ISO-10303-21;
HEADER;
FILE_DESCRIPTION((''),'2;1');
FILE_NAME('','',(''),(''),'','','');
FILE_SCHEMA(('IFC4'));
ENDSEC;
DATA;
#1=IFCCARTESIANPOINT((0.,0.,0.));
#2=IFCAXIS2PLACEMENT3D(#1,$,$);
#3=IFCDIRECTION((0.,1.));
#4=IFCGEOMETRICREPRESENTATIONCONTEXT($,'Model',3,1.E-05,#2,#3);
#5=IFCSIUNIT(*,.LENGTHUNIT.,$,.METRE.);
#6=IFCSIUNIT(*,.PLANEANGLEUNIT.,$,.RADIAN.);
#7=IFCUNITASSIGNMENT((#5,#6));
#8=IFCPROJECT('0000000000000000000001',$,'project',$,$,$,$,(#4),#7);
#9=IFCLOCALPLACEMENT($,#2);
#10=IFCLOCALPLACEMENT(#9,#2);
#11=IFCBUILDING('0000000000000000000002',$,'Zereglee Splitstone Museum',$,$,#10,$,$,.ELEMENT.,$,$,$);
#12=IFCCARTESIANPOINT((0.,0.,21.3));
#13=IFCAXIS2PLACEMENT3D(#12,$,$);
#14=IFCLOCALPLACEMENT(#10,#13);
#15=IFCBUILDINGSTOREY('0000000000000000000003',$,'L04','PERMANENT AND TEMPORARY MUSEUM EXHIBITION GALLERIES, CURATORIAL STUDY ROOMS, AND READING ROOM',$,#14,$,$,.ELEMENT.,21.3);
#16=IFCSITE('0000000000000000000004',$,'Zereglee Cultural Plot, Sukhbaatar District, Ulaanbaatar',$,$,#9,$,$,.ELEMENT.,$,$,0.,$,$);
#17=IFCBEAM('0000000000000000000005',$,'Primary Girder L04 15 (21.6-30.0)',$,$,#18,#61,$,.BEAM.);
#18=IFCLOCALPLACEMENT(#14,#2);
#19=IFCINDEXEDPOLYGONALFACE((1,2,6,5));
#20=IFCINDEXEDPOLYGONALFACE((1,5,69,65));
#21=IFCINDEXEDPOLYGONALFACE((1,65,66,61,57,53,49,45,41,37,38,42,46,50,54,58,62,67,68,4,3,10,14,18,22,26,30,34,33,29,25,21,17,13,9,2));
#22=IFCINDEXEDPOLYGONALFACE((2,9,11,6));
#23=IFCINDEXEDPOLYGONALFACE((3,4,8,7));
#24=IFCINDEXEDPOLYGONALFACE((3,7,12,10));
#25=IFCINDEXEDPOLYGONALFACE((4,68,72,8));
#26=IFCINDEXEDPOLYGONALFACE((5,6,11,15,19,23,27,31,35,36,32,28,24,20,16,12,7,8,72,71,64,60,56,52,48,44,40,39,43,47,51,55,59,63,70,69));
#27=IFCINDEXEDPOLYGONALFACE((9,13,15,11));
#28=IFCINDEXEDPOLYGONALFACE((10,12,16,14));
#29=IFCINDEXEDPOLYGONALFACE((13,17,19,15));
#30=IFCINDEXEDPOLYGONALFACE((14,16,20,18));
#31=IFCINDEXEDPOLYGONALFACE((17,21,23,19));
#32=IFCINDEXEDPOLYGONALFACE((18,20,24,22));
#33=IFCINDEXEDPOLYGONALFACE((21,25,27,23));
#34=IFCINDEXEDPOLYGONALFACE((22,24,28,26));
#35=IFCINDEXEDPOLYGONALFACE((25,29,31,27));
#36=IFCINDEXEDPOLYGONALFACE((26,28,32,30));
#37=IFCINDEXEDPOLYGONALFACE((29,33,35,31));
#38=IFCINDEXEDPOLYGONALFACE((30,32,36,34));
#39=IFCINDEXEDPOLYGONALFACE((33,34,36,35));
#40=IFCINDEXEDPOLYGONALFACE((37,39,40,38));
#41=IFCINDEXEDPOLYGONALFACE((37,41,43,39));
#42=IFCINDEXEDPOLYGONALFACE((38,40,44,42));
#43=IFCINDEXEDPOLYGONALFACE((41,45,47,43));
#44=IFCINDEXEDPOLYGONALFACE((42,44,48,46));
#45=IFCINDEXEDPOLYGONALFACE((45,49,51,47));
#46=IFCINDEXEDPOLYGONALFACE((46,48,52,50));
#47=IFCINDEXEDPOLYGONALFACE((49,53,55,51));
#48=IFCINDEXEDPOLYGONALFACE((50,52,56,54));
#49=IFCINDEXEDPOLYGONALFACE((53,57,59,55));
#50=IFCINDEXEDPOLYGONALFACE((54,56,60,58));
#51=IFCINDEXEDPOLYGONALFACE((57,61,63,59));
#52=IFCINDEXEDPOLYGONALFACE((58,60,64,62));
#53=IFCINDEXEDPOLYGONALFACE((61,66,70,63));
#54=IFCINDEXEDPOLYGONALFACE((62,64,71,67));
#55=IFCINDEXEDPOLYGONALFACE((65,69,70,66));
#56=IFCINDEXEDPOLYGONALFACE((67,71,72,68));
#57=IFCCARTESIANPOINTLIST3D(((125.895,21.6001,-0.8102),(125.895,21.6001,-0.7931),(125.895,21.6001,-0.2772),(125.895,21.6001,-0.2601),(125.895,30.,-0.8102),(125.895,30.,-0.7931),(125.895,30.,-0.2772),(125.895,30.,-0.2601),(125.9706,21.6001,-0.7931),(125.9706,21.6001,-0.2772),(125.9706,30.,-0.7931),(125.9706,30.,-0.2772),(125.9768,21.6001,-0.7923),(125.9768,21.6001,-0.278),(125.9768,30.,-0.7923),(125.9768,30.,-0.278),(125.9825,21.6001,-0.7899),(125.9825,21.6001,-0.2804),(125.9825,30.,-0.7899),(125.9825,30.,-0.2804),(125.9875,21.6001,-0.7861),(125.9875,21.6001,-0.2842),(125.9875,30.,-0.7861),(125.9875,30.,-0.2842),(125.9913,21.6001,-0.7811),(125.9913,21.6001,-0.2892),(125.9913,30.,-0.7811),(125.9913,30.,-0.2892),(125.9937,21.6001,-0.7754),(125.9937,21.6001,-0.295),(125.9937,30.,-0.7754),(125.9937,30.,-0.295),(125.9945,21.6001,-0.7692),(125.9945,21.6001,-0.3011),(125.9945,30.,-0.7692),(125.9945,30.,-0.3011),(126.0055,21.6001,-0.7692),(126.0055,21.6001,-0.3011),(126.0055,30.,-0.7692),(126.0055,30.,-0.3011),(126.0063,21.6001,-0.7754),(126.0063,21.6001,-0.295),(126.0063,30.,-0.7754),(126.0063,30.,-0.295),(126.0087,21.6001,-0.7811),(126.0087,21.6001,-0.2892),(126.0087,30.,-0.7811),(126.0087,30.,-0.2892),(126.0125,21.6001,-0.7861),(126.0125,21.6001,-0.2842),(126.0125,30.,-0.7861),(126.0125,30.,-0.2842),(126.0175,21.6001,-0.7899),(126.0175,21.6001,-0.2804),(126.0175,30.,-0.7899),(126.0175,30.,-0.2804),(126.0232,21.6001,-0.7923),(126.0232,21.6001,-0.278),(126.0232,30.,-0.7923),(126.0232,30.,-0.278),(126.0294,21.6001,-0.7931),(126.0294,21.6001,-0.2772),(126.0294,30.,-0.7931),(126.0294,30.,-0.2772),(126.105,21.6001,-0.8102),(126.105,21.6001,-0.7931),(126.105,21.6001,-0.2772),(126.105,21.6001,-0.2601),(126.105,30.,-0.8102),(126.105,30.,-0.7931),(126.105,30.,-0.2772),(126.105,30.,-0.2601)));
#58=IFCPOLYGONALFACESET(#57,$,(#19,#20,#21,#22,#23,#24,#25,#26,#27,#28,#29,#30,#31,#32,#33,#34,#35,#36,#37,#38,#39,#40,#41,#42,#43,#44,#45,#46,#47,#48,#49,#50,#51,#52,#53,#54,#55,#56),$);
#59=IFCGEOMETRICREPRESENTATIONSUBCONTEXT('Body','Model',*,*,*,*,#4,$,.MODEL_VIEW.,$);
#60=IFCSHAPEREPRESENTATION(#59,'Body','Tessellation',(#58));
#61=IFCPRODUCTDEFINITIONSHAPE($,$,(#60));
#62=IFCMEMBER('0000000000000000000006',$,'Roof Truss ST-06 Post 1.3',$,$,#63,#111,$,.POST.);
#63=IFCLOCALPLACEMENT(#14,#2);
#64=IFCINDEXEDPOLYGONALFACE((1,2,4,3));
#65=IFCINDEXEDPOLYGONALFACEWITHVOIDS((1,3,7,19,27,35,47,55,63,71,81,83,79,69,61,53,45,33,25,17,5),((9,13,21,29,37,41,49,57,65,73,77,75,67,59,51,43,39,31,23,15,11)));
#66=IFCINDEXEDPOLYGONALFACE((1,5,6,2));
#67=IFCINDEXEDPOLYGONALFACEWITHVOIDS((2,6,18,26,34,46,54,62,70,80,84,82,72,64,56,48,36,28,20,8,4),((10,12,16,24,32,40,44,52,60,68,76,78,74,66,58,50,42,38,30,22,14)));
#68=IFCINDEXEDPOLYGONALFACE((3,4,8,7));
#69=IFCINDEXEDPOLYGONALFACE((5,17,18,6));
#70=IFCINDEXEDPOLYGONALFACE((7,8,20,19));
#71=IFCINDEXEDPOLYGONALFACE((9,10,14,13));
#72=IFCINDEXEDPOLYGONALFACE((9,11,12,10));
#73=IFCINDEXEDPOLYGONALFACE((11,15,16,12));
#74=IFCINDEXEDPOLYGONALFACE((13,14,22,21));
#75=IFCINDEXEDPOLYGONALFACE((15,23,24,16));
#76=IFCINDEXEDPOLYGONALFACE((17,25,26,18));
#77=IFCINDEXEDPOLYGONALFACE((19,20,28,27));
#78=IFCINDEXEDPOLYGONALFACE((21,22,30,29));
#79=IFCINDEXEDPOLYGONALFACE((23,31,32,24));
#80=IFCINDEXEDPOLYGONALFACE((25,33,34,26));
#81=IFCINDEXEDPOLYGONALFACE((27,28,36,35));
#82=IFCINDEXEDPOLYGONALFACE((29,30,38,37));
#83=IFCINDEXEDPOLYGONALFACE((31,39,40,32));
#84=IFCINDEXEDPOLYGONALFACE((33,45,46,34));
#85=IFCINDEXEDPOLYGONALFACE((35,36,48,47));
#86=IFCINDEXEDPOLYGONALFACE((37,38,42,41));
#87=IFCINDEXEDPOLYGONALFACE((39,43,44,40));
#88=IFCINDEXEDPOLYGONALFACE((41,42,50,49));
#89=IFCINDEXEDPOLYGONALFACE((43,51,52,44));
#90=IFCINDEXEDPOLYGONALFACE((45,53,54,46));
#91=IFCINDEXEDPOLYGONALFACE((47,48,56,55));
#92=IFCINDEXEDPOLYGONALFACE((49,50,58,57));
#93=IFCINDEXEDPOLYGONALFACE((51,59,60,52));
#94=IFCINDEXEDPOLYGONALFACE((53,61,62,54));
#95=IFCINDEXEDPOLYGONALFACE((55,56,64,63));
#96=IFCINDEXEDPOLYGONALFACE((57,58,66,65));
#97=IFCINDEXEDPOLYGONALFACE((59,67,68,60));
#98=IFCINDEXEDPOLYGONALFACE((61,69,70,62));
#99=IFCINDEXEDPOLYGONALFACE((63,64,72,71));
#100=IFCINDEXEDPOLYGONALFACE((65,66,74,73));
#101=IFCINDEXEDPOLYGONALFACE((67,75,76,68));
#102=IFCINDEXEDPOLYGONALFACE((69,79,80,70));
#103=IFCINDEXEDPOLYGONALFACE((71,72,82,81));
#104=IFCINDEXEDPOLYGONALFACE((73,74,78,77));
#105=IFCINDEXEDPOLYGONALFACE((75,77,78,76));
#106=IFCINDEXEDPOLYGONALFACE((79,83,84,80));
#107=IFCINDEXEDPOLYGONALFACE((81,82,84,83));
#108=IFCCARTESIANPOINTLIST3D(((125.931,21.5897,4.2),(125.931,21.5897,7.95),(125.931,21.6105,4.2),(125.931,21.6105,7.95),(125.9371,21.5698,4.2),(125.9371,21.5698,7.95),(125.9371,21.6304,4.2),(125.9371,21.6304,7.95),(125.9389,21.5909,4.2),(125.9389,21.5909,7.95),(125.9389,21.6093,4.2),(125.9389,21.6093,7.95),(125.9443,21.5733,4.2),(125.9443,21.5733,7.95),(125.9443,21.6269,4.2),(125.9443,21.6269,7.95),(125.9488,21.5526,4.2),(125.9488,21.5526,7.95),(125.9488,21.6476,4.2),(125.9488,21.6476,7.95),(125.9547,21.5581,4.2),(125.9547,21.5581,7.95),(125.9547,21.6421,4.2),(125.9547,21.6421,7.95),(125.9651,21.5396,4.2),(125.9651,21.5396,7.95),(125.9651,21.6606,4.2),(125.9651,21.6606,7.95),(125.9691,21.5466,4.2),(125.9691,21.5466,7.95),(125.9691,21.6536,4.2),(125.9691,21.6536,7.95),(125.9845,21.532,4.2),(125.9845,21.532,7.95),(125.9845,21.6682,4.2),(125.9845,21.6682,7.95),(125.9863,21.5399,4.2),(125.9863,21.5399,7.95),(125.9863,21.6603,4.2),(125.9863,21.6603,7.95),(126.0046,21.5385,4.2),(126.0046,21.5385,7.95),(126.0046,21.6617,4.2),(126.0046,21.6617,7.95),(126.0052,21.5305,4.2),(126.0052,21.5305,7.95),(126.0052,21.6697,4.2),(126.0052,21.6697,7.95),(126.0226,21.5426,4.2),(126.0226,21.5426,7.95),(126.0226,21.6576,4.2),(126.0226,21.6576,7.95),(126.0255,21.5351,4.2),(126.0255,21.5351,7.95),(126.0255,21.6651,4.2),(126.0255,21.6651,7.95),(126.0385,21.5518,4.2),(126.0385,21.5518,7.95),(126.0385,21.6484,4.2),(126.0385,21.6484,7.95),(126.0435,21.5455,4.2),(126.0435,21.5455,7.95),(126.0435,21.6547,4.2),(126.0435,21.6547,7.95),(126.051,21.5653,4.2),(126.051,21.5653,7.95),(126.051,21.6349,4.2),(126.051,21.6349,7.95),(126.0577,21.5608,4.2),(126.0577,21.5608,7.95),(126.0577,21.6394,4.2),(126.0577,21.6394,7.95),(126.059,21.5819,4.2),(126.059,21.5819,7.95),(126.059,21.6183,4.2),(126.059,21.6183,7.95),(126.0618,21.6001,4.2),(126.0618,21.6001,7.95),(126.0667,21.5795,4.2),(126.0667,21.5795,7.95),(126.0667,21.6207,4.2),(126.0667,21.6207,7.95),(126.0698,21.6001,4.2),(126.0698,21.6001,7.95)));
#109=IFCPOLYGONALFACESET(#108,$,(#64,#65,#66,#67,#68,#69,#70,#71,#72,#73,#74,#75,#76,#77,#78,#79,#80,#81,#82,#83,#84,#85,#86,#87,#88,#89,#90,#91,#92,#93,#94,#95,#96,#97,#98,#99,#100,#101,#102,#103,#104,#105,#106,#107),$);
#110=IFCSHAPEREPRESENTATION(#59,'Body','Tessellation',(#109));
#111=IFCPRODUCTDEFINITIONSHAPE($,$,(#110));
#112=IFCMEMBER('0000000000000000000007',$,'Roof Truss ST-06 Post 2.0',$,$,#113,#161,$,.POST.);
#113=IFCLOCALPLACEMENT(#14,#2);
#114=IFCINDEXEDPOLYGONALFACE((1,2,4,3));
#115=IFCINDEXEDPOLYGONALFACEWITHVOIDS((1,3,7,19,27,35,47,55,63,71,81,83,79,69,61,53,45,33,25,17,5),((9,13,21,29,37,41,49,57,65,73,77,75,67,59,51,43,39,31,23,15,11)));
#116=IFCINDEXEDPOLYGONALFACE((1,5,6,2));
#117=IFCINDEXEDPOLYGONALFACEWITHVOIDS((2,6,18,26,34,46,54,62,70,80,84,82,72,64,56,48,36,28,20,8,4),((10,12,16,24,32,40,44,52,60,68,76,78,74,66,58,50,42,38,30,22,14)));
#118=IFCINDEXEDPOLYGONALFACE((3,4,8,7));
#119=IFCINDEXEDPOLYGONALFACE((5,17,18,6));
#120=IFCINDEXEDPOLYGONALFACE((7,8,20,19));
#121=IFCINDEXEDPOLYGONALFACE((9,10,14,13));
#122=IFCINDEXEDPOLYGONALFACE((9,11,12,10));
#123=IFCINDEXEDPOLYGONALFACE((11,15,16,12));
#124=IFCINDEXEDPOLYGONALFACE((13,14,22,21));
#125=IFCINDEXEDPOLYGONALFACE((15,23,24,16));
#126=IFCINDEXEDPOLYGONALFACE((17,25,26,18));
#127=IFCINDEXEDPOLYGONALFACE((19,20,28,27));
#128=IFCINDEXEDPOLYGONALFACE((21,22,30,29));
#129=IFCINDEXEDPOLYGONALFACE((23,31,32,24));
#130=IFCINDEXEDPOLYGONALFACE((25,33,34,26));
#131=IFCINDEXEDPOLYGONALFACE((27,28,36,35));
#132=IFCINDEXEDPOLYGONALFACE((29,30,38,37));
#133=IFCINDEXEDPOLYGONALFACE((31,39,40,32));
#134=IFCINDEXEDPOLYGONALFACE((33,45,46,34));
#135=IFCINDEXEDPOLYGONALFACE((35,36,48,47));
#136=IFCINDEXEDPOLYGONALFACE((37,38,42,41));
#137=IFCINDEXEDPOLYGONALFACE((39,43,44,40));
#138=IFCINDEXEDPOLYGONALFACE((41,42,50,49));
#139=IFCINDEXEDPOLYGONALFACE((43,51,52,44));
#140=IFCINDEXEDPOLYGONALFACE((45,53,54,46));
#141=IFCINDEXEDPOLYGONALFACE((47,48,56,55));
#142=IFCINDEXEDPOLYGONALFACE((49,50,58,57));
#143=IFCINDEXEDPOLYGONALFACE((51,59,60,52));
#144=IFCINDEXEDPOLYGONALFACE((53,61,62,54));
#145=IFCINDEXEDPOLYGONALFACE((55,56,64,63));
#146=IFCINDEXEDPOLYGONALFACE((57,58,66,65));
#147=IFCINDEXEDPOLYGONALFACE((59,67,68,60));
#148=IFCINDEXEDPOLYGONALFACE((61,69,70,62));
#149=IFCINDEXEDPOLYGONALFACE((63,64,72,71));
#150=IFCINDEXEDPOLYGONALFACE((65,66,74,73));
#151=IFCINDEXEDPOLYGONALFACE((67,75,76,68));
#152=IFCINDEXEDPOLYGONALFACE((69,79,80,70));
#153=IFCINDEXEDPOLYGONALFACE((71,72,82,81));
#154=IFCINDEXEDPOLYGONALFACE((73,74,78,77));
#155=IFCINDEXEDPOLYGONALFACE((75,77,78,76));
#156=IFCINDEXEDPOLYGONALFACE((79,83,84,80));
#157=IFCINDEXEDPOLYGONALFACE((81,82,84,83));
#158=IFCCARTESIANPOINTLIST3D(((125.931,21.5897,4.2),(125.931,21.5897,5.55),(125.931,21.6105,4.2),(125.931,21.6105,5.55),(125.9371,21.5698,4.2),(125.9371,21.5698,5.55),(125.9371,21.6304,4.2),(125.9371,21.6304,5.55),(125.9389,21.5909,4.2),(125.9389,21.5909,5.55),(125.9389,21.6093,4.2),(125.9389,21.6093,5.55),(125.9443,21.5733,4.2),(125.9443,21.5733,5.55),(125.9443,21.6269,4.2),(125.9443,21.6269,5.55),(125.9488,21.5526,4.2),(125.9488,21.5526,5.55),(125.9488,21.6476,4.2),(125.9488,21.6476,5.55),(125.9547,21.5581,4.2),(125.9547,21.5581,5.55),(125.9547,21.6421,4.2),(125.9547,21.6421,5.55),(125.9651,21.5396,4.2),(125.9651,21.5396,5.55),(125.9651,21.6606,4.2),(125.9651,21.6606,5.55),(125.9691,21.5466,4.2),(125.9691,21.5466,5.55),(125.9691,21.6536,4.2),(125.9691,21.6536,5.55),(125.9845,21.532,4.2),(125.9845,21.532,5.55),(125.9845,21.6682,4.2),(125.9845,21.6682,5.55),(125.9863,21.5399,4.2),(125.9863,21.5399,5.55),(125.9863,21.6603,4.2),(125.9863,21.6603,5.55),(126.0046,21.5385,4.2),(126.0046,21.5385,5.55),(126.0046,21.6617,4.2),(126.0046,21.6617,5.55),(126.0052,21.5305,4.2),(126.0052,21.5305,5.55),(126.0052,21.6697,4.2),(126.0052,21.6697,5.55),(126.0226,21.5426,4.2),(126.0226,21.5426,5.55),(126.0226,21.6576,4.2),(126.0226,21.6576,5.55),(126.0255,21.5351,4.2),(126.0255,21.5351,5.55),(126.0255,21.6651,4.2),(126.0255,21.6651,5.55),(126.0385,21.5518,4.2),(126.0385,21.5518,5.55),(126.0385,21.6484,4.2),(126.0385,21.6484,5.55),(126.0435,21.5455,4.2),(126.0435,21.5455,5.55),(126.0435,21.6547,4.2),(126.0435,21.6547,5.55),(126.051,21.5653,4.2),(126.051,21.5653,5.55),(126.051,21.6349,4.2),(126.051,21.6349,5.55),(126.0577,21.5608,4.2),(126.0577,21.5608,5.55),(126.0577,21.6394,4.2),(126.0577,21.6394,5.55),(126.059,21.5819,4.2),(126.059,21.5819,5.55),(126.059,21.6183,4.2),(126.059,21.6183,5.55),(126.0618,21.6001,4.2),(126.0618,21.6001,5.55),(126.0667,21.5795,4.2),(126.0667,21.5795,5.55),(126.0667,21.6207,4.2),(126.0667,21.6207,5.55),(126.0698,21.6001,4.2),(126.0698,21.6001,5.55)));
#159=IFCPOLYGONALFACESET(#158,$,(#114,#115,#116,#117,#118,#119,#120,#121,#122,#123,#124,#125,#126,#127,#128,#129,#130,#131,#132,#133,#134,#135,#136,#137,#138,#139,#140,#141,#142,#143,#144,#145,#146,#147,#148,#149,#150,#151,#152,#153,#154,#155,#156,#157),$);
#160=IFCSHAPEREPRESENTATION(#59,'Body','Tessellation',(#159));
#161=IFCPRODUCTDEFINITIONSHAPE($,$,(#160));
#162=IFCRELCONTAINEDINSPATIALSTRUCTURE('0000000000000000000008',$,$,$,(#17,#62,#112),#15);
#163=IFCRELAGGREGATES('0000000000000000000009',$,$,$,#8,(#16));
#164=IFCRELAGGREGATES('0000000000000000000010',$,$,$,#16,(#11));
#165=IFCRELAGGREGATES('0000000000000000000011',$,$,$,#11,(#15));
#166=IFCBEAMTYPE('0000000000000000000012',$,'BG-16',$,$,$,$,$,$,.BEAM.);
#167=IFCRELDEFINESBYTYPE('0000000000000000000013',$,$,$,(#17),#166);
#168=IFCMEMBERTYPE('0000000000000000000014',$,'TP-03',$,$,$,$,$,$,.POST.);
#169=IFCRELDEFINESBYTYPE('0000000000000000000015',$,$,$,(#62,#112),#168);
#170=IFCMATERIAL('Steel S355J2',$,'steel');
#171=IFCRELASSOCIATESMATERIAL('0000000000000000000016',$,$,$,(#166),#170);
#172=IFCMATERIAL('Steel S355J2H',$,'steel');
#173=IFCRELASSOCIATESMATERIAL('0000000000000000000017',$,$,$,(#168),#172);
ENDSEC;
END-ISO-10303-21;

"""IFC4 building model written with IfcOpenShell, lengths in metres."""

from ifc_helpers import new_model, si_unit, direction, frame, origin, origin_2d, place, context, subcontext, project, spatial, hollow_circle, i_section, extrude, material, material_profile, profile_set, type_object, element, save


model = new_model("IFC4")

# Units and contexts
model_context = context("Model", 3, precision=1e-05, world=origin(), true_north=direction((0.0, 1.0)))
body_context = subcontext(model_context, "Body", "Model", "MODEL_VIEW")
ifc_project = project(units=[si_unit("LENGTHUNIT", "METRE"), si_unit("PLANEANGLEUNIT", "RADIAN")], contexts=[model_context])

# Site, building, storey
site_placement = place(None, origin())
site = spatial("IfcSite", under=ifc_project, at=site_placement, Name="Zereglee Cultural Plot, Sukhbaatar District, Ulaanbaatar", CompositionType="ELEMENT", RefElevation=0.0)
building_placement = place(site_placement, origin())
building = spatial("IfcBuilding", under=site, at=building_placement, Name="Zereglee Splitstone Museum", CompositionType="ELEMENT")
storey_placement = place(building_placement, frame((0.0, 0.0, 21.3)))
storey = spatial("IfcBuildingStorey", under=building, at=storey_placement, Name="L04", Description="PERMANENT AND TEMPORARY MUSEUM EXHIBITION GALLERIES, CURATORIAL STUDY ROOMS, AND READING ROOM", CompositionType="ELEMENT", Elevation=21.3)

# Shared definitions
ifc_material_1 = material(Name="Steel S355J2H", Category="steel")
ifc_material_2 = material(Name="Steel S355J2", Category="steel")

# Beam
ifc_material_profile_1 = material_profile(ifc_material_2, i_section(OverallWidth=0.21, OverallDepth=0.55, WebThickness=0.011, FlangeThickness=0.0171, FilletRadius=0.0239, at=origin_2d()), Name="IPE 550")
ifc_profile_set_1 = profile_set([ifc_material_profile_1], Name="Steel S355J2")
beam_type_1 = type_object("IfcBeamType", Name="BG-16", PredefinedType="BEAM", material=ifc_profile_set_1)
beam_1_placement = place(storey_placement, frame((126.0, 21.6001, -0.5352), z_axis=(0.0, 1.0, 0.0), x_axis=(-1.0, 0.0, 0.0)))
element("IfcBeam", 1, at=beam_1_placement, inside=storey, type_object=beam_type_1, Name="Primary Girder L04 15 (21.6-30.0)", PredefinedType="BEAM", context=body_context, shape_type="SweptSolid", body=[
    extrude(i_section(OverallWidth=0.21, OverallDepth=0.55, WebThickness=0.011, FlangeThickness=0.0171, FilletRadius=0.0239, at=origin_2d()), origin(), (0.0, 0.0, 1.0), 8.3999),
])

# Members
ifc_material_profile_2 = material_profile(ifc_material_1, hollow_circle(Radius=0.0698, WallThickness=0.0081, at=origin_2d()), Name="CHS 139.7x8")
ifc_profile_set_2 = profile_set([ifc_material_profile_2], Name="Steel S355J2H")
member_type_1 = type_object("IfcMemberType", Name="TP-03", PredefinedType="POST", material=ifc_profile_set_2)
member_1_placement = place(storey_placement, frame((126.0, 21.6001, 4.2), z_axis=(0.0, 0.0, 1.0), x_axis=(1.0, 0.0, 0.0)))
element("IfcMember", 2, at=member_1_placement, inside=storey, type_object=member_type_1, Name="Roof Truss ST-06 Post 1.3", PredefinedType="POST", context=body_context, shape_type="SweptSolid", body=[
    extrude(hollow_circle(Radius=0.0698, WallThickness=0.0081, at=origin_2d()), origin(), (0.0, 0.0, 1.0), 3.75),
])
member_2_placement = place(storey_placement, frame((126.0, 21.6001, 4.2), z_axis=(0.0, 0.0, 1.0), x_axis=(1.0, 0.0, 0.0)))
element("IfcMember", 3, at=member_2_placement, inside=storey, type_object=member_type_1, Name="Roof Truss ST-06 Post 2.0", PredefinedType="POST", context=body_context, shape_type="SweptSolid", body=[
    extrude(hollow_circle(Radius=0.0698, WallThickness=0.0081, at=origin_2d()), origin(), (0.0, 0.0, 1.0), 1.3501),
])

save(model, "model.ifc")
